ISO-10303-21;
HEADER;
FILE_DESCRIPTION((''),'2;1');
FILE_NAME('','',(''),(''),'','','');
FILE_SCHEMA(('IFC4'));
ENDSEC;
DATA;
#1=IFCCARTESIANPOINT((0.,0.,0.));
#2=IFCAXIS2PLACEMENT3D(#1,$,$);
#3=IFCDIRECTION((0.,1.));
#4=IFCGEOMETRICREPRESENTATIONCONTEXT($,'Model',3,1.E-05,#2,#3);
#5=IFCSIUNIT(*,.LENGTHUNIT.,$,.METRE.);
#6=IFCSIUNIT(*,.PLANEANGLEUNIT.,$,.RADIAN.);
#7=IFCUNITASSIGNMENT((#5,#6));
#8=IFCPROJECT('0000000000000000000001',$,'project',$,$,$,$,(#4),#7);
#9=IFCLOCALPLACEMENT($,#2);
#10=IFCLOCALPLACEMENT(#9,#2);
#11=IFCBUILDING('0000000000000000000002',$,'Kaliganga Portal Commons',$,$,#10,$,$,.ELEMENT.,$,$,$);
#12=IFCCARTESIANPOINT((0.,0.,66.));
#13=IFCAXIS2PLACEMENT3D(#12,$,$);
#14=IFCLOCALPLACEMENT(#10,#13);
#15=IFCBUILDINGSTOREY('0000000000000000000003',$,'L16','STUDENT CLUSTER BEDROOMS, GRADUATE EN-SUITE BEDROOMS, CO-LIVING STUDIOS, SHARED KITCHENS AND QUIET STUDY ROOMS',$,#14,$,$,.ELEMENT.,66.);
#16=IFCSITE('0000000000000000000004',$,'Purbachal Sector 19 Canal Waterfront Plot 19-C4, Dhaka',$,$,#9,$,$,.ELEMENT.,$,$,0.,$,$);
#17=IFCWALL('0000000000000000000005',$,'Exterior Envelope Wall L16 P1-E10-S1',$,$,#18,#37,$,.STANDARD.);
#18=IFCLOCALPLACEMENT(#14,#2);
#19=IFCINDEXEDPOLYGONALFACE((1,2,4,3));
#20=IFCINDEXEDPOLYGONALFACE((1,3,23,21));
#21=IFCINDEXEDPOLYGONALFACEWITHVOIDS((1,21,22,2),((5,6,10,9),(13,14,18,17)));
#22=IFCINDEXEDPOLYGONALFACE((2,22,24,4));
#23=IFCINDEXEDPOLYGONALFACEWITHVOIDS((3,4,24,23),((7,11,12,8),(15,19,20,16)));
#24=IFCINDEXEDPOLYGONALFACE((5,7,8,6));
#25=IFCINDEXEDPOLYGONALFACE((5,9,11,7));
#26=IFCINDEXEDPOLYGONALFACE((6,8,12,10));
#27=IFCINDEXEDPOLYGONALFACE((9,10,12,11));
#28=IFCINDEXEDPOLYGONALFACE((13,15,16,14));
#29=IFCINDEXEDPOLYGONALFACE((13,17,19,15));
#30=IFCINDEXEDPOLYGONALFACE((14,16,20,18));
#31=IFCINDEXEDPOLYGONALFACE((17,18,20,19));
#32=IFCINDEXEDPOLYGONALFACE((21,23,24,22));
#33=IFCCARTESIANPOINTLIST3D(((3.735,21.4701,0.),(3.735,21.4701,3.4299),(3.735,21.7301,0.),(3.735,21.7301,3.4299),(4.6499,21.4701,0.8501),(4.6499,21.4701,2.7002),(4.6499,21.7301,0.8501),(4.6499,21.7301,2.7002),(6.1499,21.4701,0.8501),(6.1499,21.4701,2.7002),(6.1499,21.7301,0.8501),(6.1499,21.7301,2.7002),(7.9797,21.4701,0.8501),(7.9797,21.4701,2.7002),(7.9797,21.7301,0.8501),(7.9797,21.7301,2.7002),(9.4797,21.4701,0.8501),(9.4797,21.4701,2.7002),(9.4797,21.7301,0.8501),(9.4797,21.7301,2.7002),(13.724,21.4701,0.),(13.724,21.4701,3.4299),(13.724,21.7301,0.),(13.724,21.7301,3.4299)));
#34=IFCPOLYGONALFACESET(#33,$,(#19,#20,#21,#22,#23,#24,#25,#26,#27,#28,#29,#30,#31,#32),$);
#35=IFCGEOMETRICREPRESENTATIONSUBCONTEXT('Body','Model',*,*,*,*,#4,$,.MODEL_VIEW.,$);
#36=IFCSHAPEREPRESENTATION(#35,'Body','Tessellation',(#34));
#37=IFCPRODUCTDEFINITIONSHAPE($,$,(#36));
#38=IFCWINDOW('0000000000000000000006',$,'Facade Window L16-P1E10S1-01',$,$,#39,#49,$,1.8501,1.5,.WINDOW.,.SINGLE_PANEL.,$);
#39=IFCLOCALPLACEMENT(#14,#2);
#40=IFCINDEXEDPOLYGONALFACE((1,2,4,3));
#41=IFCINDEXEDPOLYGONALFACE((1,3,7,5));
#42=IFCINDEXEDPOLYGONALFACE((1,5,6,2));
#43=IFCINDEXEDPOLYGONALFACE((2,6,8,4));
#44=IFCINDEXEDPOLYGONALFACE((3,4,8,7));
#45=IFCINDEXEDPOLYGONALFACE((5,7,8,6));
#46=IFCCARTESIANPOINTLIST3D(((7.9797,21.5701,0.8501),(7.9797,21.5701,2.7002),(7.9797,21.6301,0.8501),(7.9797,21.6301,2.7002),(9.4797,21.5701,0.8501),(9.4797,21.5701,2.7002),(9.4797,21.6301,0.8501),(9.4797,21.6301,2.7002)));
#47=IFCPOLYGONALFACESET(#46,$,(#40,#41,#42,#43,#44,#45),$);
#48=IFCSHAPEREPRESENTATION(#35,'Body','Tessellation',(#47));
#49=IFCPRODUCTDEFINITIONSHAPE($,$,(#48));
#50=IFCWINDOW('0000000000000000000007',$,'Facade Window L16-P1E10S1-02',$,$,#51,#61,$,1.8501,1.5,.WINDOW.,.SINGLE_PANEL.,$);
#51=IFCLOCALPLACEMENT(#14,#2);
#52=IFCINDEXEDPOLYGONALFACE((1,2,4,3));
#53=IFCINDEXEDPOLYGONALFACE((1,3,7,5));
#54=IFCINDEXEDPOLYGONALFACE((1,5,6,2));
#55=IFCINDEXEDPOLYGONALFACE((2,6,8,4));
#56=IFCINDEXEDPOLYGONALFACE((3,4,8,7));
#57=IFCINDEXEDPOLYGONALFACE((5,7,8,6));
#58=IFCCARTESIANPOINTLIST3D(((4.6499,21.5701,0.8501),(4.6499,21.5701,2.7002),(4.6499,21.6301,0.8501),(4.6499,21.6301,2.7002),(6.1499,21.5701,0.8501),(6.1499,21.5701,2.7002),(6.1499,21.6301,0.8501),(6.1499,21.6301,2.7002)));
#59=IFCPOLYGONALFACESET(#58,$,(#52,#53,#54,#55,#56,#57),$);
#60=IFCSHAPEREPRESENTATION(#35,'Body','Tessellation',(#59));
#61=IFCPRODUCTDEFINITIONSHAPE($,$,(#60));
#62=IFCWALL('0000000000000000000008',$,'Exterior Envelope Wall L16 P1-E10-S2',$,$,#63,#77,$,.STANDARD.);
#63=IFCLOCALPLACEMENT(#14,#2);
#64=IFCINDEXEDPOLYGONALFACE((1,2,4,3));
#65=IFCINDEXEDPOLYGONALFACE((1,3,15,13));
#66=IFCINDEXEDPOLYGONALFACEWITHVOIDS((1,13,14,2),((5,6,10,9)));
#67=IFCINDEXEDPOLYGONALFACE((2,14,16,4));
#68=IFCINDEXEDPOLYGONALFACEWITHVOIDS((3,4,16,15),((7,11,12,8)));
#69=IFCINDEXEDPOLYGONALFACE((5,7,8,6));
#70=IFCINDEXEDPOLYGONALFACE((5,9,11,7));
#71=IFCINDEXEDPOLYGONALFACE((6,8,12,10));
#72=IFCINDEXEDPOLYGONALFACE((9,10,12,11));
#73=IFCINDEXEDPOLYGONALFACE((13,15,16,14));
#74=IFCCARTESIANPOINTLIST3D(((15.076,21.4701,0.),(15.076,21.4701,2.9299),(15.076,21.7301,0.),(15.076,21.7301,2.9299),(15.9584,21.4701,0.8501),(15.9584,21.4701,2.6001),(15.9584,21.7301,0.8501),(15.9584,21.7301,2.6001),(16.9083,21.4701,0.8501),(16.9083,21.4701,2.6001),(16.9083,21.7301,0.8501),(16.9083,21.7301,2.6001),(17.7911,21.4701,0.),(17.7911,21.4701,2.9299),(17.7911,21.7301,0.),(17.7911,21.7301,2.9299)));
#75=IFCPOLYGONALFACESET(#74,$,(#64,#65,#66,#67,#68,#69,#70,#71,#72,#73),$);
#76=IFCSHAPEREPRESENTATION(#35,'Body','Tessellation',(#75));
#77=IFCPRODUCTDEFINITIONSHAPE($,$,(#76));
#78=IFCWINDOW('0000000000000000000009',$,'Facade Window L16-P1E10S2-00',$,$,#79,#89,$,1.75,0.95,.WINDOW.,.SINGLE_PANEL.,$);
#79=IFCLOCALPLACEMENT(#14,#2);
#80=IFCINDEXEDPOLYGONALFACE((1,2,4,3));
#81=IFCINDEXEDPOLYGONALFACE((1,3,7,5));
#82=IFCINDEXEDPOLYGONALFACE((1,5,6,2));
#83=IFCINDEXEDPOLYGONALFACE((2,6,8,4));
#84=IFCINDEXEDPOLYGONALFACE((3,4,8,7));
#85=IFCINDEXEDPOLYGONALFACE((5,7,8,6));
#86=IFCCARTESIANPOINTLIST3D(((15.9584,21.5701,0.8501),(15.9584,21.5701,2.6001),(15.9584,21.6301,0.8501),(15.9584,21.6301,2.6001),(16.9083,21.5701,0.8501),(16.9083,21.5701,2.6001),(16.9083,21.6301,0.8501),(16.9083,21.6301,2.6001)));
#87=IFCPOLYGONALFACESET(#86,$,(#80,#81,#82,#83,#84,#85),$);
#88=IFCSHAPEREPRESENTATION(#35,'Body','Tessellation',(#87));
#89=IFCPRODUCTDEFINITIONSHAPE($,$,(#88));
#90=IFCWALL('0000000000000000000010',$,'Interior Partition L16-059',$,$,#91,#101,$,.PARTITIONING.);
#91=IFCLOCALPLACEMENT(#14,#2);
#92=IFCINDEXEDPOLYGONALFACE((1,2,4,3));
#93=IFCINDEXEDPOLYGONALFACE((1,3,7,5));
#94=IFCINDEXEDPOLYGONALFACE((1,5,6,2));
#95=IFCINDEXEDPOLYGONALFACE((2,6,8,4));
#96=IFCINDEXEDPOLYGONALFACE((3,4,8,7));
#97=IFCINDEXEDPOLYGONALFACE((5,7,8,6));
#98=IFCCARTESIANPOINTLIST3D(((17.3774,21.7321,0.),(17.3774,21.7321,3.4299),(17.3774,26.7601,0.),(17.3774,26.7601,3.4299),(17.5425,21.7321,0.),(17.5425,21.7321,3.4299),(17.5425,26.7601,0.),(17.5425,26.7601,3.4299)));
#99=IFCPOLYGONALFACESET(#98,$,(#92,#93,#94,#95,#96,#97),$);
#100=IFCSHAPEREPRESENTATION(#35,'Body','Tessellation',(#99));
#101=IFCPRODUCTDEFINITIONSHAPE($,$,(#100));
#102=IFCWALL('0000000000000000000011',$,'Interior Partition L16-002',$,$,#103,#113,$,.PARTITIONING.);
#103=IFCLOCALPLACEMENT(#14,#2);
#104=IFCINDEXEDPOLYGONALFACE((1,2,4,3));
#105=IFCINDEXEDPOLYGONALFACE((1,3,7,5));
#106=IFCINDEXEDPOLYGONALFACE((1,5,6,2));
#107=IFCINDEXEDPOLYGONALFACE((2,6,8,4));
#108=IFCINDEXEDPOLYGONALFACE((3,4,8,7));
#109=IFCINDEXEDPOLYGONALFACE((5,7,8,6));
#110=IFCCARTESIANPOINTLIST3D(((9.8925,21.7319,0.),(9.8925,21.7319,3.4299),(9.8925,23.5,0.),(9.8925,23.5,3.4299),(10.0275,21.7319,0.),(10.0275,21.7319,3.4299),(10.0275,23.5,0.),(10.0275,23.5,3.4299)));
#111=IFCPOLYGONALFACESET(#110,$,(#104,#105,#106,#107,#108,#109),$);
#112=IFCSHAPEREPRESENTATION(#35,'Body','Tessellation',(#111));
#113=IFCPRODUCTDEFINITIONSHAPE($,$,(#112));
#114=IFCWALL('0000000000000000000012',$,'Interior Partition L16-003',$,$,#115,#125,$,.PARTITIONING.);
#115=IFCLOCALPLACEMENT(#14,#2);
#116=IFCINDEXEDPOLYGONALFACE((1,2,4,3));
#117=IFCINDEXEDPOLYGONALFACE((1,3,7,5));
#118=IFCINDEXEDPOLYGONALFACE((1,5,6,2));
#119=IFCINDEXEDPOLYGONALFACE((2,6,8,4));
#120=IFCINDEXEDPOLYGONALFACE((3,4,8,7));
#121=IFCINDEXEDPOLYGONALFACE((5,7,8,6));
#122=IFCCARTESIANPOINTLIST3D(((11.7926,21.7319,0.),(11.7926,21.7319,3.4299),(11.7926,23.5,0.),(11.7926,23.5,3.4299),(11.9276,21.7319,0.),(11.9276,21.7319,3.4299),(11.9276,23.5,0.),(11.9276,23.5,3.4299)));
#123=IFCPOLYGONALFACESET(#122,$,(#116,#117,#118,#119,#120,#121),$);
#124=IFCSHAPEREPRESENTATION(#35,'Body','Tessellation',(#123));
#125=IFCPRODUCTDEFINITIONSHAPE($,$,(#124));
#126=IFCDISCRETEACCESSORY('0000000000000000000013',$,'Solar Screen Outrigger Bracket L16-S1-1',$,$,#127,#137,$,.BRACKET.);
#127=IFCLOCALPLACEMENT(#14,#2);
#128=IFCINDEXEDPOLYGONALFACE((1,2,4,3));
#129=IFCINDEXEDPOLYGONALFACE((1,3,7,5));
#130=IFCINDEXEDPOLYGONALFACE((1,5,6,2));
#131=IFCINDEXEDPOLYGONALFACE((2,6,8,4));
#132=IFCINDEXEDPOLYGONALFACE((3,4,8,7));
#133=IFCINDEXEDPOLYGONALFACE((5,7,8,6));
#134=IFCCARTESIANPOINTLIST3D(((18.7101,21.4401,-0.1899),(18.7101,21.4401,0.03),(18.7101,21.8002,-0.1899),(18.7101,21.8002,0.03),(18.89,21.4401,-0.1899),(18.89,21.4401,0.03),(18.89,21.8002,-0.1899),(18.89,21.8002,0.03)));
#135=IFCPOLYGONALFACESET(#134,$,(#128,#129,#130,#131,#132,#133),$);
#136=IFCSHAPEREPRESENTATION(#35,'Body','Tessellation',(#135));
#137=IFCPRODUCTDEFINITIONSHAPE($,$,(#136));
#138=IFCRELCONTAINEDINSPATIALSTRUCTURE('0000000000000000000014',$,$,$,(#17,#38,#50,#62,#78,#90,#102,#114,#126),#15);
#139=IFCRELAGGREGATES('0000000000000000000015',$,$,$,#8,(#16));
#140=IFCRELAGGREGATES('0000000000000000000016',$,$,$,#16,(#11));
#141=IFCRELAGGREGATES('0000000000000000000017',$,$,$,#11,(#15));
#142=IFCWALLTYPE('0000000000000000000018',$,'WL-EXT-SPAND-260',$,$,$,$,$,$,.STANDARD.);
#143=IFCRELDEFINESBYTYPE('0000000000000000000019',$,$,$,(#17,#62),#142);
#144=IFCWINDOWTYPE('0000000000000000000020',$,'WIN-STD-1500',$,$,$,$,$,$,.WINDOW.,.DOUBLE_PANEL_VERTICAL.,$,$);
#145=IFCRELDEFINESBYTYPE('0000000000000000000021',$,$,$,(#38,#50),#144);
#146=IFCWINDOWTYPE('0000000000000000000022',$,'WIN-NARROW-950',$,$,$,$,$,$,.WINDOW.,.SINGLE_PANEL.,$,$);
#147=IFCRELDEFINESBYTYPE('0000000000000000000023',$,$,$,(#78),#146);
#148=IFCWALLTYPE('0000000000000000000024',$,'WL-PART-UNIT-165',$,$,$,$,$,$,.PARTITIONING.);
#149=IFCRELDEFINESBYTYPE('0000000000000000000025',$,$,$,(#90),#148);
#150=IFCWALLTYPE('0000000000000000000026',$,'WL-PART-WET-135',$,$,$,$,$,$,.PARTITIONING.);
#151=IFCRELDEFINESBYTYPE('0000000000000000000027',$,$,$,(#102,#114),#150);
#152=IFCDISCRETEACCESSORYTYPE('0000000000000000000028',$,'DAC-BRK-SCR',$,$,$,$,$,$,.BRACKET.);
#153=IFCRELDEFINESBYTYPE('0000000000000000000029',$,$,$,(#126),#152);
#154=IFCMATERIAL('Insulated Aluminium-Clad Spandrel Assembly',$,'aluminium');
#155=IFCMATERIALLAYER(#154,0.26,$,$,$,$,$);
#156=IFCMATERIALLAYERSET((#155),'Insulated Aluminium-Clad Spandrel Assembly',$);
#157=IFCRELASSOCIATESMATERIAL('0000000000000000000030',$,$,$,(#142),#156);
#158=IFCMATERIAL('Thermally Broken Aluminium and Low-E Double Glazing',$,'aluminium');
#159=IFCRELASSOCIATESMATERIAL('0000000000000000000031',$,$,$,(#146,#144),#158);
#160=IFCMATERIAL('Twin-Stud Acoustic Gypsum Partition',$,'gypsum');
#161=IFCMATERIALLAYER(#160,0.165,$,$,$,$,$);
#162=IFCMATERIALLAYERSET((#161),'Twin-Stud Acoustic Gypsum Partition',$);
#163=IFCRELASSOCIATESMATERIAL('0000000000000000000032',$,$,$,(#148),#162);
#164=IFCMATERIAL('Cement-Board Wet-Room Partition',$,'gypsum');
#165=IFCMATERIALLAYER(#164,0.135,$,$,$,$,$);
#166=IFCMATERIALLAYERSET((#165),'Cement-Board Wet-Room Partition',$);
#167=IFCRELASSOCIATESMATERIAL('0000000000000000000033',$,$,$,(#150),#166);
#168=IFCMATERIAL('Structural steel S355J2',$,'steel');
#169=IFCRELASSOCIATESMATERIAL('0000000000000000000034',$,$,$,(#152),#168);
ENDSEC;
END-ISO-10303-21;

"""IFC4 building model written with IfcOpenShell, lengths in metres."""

from ifc_helpers import new_model, si_unit, direction, frame, frame_2d, origin, origin_2d, place, context, subcontext, project, spatial, rectangle, extrude, source, transform, mapped, material, layer, layer_set, type_object, element, fill, save


model = new_model("IFC4")

# Units and contexts
model_context = context("Model", 3, precision=1e-05, world=origin(), true_north=direction((0.0, 1.0)))
body_context = subcontext(model_context, "Body", "Model", "MODEL_VIEW")
ifc_project = project(units=[si_unit("LENGTHUNIT", "METRE"), si_unit("PLANEANGLEUNIT", "RADIAN")], contexts=[model_context])

# Site, building, storey
site_placement = place(None, origin())
site = spatial("IfcSite", under=ifc_project, at=site_placement, Name="Purbachal Sector 19 Canal Waterfront Plot 19-C4, Dhaka", CompositionType="ELEMENT", RefElevation=0.0)
building_placement = place(site_placement, origin())
building = spatial("IfcBuilding", under=site, at=building_placement, Name="Kaliganga Portal Commons", CompositionType="ELEMENT")
storey_placement = place(building_placement, frame((0.0, 0.0, 66.0)))
storey = spatial("IfcBuildingStorey", under=building, at=storey_placement, Name="L16", Description="STUDENT CLUSTER BEDROOMS, GRADUATE EN-SUITE BEDROOMS, CO-LIVING STUDIOS, SHARED KITCHENS AND QUIET STUDY ROOMS", CompositionType="ELEMENT", Elevation=66.0)

# Shared definitions
ifc_material_1 = material(Name="Structural steel S355J2", Category="steel")

# Wall, openings, windows
ifc_material_2 = material(Name="Insulated Aluminium-Clad Spandrel Assembly", Category="aluminium")
ifc_layer_1 = layer(ifc_material_2, 0.26)
ifc_layer_set_1 = layer_set([ifc_layer_1], Name="Insulated Aluminium-Clad Spandrel Assembly")
wall_type_1 = type_object("IfcWallType", Name="WL-EXT-SPAND-260", PredefinedType="STANDARD", material=ifc_layer_set_1)
ifc_material_3 = material(Name="Thermally Broken Aluminium and Low-E Double Glazing", Category="aluminium")
window_type_1 = type_object("IfcWindowType", Name="WIN-NARROW-950", PartitioningType="SINGLE_PANEL", PredefinedType="WINDOW", material=ifc_material_3)
window_type_2 = type_object("IfcWindowType", Name="WIN-STD-1500", PartitioningType="DOUBLE_PANEL_VERTICAL", PredefinedType="WINDOW", material=ifc_material_3)
wall_1_placement = place(storey_placement, frame((13.7241, 21.6001, 0.0), z_axis=(0.0, 0.0, 1.0), x_axis=(-1.0, 0.0, 0.0)))
wall_1 = element("IfcWall", 1, at=wall_1_placement, inside=storey, type_object=wall_type_1, Name="Exterior Envelope Wall L16 P1-E10-S1", PredefinedType="STANDARD", context=body_context, shape_type="SweptSolid", body=[
    extrude(rectangle(XDim=9.989, YDim=0.26, at=frame_2d((4.9946, 0.0))), origin(), (0.0, 0.0, 1.0), 3.4299),
])
opening_1_placement = place(wall_1_placement, frame((4.2444, 0.0, 0.8501)))
opening_1 = element("IfcOpeningElement", 2, at=opening_1_placement, cuts=wall_1, PredefinedType="OPENING", context=body_context, shape_type="SweptSolid", body=[
    extrude(rectangle(XDim=1.5, YDim=1.8501, at=frame_2d((0.75, 0.925))), frame((0.0, 0.1401, 0.0), z_axis=(0.0, -1.0, 0.0), x_axis=(1.0, 0.0, 0.0)), (0.0, 0.0, 1.0), 0.28),
])
opening_2_placement = place(wall_1_placement, frame((7.5742, 0.0, 0.8501)))
opening_2 = element("IfcOpeningElement", 3, at=opening_2_placement, cuts=wall_1, PredefinedType="OPENING", context=body_context, shape_type="SweptSolid", body=[
    extrude(rectangle(XDim=1.5, YDim=1.8501, at=frame_2d((0.75, 0.925))), frame((0.0, 0.1401, 0.0), z_axis=(0.0, -1.0, 0.0), x_axis=(1.0, 0.0, 0.0)), (0.0, 0.0, 1.0), 0.28),
])
window_1_placement = place(opening_1_placement, origin())
window_1 = element("IfcWindow", 4, at=window_1_placement, inside=storey, type_object=window_type_2, Name="Facade Window L16-P1E10S1-01", OverallHeight=1.8501, OverallWidth=1.5, PartitioningType="SINGLE_PANEL", PredefinedType="WINDOW", context=body_context, shape_type="SweptSolid", body=[
    extrude(rectangle(XDim=1.5, YDim=1.8501, at=frame_2d((0.75, 0.925))), frame((0.0, 0.03, 0.0), z_axis=(0.0, -1.0, 0.0), x_axis=(1.0, 0.0, 0.0)), (0.0, 0.0, 1.0), 0.0601),
])
fill(opening_1, window_1)
window_2_placement = place(opening_2_placement, origin())
window_2 = element("IfcWindow", 5, at=window_2_placement, inside=storey, type_object=window_type_2, Name="Facade Window L16-P1E10S1-02", OverallHeight=1.8501, OverallWidth=1.5, PartitioningType="SINGLE_PANEL", PredefinedType="WINDOW", context=body_context, shape_type="SweptSolid", body=[
    extrude(rectangle(XDim=1.5, YDim=1.8501, at=frame_2d((0.75, 0.925))), frame((0.0, 0.03, 0.0), z_axis=(0.0, -1.0, 0.0), x_axis=(1.0, 0.0, 0.0)), (0.0, 0.0, 1.0), 0.0601),
])
fill(opening_2, window_2)

# Wall, opening, window
wall_2_placement = place(storey_placement, frame((17.791, 21.6001, 0.0), z_axis=(0.0, 0.0, 1.0), x_axis=(-1.0, 0.0, 0.0)))
wall_2 = element("IfcWall", 6, at=wall_2_placement, inside=storey, type_object=wall_type_1, Name="Exterior Envelope Wall L16 P1-E10-S2", PredefinedType="STANDARD", context=body_context, shape_type="SweptSolid", body=[
    extrude(rectangle(XDim=2.7151, YDim=0.26, at=frame_2d((1.3574, 0.0))), origin(), (0.0, 0.0, 1.0), 2.9299),
])
opening_3_placement = place(wall_2_placement, frame((0.8826, 0.0, 0.8501)))
opening_3 = element("IfcOpeningElement", 7, at=opening_3_placement, cuts=wall_2, PredefinedType="OPENING", context=body_context, shape_type="SweptSolid", body=[
    extrude(rectangle(XDim=0.95, YDim=1.75, at=frame_2d((0.4751, 0.875))), frame((0.0, 0.1401, 0.0), z_axis=(0.0, -1.0, 0.0), x_axis=(1.0, 0.0, 0.0)), (0.0, 0.0, 1.0), 0.28),
])
window_3_placement = place(opening_3_placement, origin())
window_3 = element("IfcWindow", 8, at=window_3_placement, inside=storey, type_object=window_type_1, Name="Facade Window L16-P1E10S2-00", OverallHeight=1.75, OverallWidth=0.95, PartitioningType="SINGLE_PANEL", PredefinedType="WINDOW", context=body_context, shape_type="SweptSolid", body=[
    extrude(rectangle(XDim=0.95, YDim=1.75, at=frame_2d((0.4751, 0.875))), frame((0.0, 0.03, 0.0), z_axis=(0.0, -1.0, 0.0), x_axis=(1.0, 0.0, 0.0)), (0.0, 0.0, 1.0), 0.0601),
])
fill(opening_3, window_3)

# Walls
ifc_material_4 = material(Name="Twin-Stud Acoustic Gypsum Partition", Category="gypsum")
ifc_layer_2 = layer(ifc_material_4, 0.165)
ifc_layer_set_2 = layer_set([ifc_layer_2], Name="Twin-Stud Acoustic Gypsum Partition")
wall_type_2 = type_object("IfcWallType", Name="WL-PART-UNIT-165", PredefinedType="PARTITIONING", material=ifc_layer_set_2)
wall_3_placement = place(storey_placement, frame((17.46, 21.7319, 0.0), z_axis=(0.0, 0.0, 1.0), x_axis=(0.0, 1.0, 0.0)))
element("IfcWall", 9, at=wall_3_placement, inside=storey, type_object=wall_type_2, Name="Interior Partition L16-059", PredefinedType="PARTITIONING", context=body_context, shape_type="SweptSolid", body=[
    extrude(rectangle(XDim=5.0281, YDim=0.165, at=frame_2d((2.5142, 0.0))), origin(), (0.0, 0.0, 1.0), 3.4299),
])
ifc_material_5 = material(Name="Cement-Board Wet-Room Partition", Category="gypsum")
ifc_layer_3 = layer(ifc_material_5, 0.135)
ifc_layer_set_3 = layer_set([ifc_layer_3], Name="Cement-Board Wet-Room Partition")
wall_type_3 = type_object("IfcWallType", Name="WL-PART-WET-135", PredefinedType="PARTITIONING", material=ifc_layer_set_3)
for number, where, z_axis, x_axis, name in (
    (10, (9.96, 21.7319, 0.0), (0.0, 0.0, 1.0), (0.0, 1.0, 0.0), "Interior Partition L16-002"),
    (11, (11.8601, 21.7319, 0.0), (0.0, 0.0, 1.0), (0.0, 1.0, 0.0), "Interior Partition L16-003"),
):
    element("IfcWall", number, at=place(storey_placement, frame(where, z_axis=z_axis, x_axis=x_axis)), inside=storey, type_object=wall_type_3, Name=name, PredefinedType="PARTITIONING", context=body_context, shape_type="SweptSolid", body=[
        extrude(rectangle(XDim=1.7681, YDim=0.135, at=frame_2d((0.884, 0.0))), origin(), (0.0, 0.0, 1.0), 3.4299),
    ])

# Discrete accessory
discrete_accessory_type = type_object("IfcDiscreteAccessoryType", Name="DAC-BRK-SCR", PredefinedType="BRACKET", material=ifc_material_1)
shared_shape_1 = source(origin(), body_context, "Body", "SweptSolid", [
    extrude(rectangle(XDim=0.1799, YDim=0.3601, at=origin_2d()), origin(), (0.0, 0.0, 1.0), 0.22),
])
discrete_accessory_placement = place(storey_placement, frame((18.8, 21.6201, -0.1899), z_axis=(0.0, 0.0, 1.0), x_axis=(1.0, 0.0, 0.0)))
element("IfcDiscreteAccessory", 12, at=discrete_accessory_placement, inside=storey, type_object=discrete_accessory_type, Name="Solar Screen Outrigger Bracket L16-S1-1", PredefinedType="BRACKET", context=body_context, shape_type="MappedRepresentation", body=[
    mapped(shared_shape_1, transform((0.0, 0.0, 0.0), x_axis=(1.0, 0.0, 0.0), y_axis=(0.0, 1.0, 0.0), z_axis=(0.0, 0.0, 1.0), scale=1.0)),
])

save(model, "model.ifc")
